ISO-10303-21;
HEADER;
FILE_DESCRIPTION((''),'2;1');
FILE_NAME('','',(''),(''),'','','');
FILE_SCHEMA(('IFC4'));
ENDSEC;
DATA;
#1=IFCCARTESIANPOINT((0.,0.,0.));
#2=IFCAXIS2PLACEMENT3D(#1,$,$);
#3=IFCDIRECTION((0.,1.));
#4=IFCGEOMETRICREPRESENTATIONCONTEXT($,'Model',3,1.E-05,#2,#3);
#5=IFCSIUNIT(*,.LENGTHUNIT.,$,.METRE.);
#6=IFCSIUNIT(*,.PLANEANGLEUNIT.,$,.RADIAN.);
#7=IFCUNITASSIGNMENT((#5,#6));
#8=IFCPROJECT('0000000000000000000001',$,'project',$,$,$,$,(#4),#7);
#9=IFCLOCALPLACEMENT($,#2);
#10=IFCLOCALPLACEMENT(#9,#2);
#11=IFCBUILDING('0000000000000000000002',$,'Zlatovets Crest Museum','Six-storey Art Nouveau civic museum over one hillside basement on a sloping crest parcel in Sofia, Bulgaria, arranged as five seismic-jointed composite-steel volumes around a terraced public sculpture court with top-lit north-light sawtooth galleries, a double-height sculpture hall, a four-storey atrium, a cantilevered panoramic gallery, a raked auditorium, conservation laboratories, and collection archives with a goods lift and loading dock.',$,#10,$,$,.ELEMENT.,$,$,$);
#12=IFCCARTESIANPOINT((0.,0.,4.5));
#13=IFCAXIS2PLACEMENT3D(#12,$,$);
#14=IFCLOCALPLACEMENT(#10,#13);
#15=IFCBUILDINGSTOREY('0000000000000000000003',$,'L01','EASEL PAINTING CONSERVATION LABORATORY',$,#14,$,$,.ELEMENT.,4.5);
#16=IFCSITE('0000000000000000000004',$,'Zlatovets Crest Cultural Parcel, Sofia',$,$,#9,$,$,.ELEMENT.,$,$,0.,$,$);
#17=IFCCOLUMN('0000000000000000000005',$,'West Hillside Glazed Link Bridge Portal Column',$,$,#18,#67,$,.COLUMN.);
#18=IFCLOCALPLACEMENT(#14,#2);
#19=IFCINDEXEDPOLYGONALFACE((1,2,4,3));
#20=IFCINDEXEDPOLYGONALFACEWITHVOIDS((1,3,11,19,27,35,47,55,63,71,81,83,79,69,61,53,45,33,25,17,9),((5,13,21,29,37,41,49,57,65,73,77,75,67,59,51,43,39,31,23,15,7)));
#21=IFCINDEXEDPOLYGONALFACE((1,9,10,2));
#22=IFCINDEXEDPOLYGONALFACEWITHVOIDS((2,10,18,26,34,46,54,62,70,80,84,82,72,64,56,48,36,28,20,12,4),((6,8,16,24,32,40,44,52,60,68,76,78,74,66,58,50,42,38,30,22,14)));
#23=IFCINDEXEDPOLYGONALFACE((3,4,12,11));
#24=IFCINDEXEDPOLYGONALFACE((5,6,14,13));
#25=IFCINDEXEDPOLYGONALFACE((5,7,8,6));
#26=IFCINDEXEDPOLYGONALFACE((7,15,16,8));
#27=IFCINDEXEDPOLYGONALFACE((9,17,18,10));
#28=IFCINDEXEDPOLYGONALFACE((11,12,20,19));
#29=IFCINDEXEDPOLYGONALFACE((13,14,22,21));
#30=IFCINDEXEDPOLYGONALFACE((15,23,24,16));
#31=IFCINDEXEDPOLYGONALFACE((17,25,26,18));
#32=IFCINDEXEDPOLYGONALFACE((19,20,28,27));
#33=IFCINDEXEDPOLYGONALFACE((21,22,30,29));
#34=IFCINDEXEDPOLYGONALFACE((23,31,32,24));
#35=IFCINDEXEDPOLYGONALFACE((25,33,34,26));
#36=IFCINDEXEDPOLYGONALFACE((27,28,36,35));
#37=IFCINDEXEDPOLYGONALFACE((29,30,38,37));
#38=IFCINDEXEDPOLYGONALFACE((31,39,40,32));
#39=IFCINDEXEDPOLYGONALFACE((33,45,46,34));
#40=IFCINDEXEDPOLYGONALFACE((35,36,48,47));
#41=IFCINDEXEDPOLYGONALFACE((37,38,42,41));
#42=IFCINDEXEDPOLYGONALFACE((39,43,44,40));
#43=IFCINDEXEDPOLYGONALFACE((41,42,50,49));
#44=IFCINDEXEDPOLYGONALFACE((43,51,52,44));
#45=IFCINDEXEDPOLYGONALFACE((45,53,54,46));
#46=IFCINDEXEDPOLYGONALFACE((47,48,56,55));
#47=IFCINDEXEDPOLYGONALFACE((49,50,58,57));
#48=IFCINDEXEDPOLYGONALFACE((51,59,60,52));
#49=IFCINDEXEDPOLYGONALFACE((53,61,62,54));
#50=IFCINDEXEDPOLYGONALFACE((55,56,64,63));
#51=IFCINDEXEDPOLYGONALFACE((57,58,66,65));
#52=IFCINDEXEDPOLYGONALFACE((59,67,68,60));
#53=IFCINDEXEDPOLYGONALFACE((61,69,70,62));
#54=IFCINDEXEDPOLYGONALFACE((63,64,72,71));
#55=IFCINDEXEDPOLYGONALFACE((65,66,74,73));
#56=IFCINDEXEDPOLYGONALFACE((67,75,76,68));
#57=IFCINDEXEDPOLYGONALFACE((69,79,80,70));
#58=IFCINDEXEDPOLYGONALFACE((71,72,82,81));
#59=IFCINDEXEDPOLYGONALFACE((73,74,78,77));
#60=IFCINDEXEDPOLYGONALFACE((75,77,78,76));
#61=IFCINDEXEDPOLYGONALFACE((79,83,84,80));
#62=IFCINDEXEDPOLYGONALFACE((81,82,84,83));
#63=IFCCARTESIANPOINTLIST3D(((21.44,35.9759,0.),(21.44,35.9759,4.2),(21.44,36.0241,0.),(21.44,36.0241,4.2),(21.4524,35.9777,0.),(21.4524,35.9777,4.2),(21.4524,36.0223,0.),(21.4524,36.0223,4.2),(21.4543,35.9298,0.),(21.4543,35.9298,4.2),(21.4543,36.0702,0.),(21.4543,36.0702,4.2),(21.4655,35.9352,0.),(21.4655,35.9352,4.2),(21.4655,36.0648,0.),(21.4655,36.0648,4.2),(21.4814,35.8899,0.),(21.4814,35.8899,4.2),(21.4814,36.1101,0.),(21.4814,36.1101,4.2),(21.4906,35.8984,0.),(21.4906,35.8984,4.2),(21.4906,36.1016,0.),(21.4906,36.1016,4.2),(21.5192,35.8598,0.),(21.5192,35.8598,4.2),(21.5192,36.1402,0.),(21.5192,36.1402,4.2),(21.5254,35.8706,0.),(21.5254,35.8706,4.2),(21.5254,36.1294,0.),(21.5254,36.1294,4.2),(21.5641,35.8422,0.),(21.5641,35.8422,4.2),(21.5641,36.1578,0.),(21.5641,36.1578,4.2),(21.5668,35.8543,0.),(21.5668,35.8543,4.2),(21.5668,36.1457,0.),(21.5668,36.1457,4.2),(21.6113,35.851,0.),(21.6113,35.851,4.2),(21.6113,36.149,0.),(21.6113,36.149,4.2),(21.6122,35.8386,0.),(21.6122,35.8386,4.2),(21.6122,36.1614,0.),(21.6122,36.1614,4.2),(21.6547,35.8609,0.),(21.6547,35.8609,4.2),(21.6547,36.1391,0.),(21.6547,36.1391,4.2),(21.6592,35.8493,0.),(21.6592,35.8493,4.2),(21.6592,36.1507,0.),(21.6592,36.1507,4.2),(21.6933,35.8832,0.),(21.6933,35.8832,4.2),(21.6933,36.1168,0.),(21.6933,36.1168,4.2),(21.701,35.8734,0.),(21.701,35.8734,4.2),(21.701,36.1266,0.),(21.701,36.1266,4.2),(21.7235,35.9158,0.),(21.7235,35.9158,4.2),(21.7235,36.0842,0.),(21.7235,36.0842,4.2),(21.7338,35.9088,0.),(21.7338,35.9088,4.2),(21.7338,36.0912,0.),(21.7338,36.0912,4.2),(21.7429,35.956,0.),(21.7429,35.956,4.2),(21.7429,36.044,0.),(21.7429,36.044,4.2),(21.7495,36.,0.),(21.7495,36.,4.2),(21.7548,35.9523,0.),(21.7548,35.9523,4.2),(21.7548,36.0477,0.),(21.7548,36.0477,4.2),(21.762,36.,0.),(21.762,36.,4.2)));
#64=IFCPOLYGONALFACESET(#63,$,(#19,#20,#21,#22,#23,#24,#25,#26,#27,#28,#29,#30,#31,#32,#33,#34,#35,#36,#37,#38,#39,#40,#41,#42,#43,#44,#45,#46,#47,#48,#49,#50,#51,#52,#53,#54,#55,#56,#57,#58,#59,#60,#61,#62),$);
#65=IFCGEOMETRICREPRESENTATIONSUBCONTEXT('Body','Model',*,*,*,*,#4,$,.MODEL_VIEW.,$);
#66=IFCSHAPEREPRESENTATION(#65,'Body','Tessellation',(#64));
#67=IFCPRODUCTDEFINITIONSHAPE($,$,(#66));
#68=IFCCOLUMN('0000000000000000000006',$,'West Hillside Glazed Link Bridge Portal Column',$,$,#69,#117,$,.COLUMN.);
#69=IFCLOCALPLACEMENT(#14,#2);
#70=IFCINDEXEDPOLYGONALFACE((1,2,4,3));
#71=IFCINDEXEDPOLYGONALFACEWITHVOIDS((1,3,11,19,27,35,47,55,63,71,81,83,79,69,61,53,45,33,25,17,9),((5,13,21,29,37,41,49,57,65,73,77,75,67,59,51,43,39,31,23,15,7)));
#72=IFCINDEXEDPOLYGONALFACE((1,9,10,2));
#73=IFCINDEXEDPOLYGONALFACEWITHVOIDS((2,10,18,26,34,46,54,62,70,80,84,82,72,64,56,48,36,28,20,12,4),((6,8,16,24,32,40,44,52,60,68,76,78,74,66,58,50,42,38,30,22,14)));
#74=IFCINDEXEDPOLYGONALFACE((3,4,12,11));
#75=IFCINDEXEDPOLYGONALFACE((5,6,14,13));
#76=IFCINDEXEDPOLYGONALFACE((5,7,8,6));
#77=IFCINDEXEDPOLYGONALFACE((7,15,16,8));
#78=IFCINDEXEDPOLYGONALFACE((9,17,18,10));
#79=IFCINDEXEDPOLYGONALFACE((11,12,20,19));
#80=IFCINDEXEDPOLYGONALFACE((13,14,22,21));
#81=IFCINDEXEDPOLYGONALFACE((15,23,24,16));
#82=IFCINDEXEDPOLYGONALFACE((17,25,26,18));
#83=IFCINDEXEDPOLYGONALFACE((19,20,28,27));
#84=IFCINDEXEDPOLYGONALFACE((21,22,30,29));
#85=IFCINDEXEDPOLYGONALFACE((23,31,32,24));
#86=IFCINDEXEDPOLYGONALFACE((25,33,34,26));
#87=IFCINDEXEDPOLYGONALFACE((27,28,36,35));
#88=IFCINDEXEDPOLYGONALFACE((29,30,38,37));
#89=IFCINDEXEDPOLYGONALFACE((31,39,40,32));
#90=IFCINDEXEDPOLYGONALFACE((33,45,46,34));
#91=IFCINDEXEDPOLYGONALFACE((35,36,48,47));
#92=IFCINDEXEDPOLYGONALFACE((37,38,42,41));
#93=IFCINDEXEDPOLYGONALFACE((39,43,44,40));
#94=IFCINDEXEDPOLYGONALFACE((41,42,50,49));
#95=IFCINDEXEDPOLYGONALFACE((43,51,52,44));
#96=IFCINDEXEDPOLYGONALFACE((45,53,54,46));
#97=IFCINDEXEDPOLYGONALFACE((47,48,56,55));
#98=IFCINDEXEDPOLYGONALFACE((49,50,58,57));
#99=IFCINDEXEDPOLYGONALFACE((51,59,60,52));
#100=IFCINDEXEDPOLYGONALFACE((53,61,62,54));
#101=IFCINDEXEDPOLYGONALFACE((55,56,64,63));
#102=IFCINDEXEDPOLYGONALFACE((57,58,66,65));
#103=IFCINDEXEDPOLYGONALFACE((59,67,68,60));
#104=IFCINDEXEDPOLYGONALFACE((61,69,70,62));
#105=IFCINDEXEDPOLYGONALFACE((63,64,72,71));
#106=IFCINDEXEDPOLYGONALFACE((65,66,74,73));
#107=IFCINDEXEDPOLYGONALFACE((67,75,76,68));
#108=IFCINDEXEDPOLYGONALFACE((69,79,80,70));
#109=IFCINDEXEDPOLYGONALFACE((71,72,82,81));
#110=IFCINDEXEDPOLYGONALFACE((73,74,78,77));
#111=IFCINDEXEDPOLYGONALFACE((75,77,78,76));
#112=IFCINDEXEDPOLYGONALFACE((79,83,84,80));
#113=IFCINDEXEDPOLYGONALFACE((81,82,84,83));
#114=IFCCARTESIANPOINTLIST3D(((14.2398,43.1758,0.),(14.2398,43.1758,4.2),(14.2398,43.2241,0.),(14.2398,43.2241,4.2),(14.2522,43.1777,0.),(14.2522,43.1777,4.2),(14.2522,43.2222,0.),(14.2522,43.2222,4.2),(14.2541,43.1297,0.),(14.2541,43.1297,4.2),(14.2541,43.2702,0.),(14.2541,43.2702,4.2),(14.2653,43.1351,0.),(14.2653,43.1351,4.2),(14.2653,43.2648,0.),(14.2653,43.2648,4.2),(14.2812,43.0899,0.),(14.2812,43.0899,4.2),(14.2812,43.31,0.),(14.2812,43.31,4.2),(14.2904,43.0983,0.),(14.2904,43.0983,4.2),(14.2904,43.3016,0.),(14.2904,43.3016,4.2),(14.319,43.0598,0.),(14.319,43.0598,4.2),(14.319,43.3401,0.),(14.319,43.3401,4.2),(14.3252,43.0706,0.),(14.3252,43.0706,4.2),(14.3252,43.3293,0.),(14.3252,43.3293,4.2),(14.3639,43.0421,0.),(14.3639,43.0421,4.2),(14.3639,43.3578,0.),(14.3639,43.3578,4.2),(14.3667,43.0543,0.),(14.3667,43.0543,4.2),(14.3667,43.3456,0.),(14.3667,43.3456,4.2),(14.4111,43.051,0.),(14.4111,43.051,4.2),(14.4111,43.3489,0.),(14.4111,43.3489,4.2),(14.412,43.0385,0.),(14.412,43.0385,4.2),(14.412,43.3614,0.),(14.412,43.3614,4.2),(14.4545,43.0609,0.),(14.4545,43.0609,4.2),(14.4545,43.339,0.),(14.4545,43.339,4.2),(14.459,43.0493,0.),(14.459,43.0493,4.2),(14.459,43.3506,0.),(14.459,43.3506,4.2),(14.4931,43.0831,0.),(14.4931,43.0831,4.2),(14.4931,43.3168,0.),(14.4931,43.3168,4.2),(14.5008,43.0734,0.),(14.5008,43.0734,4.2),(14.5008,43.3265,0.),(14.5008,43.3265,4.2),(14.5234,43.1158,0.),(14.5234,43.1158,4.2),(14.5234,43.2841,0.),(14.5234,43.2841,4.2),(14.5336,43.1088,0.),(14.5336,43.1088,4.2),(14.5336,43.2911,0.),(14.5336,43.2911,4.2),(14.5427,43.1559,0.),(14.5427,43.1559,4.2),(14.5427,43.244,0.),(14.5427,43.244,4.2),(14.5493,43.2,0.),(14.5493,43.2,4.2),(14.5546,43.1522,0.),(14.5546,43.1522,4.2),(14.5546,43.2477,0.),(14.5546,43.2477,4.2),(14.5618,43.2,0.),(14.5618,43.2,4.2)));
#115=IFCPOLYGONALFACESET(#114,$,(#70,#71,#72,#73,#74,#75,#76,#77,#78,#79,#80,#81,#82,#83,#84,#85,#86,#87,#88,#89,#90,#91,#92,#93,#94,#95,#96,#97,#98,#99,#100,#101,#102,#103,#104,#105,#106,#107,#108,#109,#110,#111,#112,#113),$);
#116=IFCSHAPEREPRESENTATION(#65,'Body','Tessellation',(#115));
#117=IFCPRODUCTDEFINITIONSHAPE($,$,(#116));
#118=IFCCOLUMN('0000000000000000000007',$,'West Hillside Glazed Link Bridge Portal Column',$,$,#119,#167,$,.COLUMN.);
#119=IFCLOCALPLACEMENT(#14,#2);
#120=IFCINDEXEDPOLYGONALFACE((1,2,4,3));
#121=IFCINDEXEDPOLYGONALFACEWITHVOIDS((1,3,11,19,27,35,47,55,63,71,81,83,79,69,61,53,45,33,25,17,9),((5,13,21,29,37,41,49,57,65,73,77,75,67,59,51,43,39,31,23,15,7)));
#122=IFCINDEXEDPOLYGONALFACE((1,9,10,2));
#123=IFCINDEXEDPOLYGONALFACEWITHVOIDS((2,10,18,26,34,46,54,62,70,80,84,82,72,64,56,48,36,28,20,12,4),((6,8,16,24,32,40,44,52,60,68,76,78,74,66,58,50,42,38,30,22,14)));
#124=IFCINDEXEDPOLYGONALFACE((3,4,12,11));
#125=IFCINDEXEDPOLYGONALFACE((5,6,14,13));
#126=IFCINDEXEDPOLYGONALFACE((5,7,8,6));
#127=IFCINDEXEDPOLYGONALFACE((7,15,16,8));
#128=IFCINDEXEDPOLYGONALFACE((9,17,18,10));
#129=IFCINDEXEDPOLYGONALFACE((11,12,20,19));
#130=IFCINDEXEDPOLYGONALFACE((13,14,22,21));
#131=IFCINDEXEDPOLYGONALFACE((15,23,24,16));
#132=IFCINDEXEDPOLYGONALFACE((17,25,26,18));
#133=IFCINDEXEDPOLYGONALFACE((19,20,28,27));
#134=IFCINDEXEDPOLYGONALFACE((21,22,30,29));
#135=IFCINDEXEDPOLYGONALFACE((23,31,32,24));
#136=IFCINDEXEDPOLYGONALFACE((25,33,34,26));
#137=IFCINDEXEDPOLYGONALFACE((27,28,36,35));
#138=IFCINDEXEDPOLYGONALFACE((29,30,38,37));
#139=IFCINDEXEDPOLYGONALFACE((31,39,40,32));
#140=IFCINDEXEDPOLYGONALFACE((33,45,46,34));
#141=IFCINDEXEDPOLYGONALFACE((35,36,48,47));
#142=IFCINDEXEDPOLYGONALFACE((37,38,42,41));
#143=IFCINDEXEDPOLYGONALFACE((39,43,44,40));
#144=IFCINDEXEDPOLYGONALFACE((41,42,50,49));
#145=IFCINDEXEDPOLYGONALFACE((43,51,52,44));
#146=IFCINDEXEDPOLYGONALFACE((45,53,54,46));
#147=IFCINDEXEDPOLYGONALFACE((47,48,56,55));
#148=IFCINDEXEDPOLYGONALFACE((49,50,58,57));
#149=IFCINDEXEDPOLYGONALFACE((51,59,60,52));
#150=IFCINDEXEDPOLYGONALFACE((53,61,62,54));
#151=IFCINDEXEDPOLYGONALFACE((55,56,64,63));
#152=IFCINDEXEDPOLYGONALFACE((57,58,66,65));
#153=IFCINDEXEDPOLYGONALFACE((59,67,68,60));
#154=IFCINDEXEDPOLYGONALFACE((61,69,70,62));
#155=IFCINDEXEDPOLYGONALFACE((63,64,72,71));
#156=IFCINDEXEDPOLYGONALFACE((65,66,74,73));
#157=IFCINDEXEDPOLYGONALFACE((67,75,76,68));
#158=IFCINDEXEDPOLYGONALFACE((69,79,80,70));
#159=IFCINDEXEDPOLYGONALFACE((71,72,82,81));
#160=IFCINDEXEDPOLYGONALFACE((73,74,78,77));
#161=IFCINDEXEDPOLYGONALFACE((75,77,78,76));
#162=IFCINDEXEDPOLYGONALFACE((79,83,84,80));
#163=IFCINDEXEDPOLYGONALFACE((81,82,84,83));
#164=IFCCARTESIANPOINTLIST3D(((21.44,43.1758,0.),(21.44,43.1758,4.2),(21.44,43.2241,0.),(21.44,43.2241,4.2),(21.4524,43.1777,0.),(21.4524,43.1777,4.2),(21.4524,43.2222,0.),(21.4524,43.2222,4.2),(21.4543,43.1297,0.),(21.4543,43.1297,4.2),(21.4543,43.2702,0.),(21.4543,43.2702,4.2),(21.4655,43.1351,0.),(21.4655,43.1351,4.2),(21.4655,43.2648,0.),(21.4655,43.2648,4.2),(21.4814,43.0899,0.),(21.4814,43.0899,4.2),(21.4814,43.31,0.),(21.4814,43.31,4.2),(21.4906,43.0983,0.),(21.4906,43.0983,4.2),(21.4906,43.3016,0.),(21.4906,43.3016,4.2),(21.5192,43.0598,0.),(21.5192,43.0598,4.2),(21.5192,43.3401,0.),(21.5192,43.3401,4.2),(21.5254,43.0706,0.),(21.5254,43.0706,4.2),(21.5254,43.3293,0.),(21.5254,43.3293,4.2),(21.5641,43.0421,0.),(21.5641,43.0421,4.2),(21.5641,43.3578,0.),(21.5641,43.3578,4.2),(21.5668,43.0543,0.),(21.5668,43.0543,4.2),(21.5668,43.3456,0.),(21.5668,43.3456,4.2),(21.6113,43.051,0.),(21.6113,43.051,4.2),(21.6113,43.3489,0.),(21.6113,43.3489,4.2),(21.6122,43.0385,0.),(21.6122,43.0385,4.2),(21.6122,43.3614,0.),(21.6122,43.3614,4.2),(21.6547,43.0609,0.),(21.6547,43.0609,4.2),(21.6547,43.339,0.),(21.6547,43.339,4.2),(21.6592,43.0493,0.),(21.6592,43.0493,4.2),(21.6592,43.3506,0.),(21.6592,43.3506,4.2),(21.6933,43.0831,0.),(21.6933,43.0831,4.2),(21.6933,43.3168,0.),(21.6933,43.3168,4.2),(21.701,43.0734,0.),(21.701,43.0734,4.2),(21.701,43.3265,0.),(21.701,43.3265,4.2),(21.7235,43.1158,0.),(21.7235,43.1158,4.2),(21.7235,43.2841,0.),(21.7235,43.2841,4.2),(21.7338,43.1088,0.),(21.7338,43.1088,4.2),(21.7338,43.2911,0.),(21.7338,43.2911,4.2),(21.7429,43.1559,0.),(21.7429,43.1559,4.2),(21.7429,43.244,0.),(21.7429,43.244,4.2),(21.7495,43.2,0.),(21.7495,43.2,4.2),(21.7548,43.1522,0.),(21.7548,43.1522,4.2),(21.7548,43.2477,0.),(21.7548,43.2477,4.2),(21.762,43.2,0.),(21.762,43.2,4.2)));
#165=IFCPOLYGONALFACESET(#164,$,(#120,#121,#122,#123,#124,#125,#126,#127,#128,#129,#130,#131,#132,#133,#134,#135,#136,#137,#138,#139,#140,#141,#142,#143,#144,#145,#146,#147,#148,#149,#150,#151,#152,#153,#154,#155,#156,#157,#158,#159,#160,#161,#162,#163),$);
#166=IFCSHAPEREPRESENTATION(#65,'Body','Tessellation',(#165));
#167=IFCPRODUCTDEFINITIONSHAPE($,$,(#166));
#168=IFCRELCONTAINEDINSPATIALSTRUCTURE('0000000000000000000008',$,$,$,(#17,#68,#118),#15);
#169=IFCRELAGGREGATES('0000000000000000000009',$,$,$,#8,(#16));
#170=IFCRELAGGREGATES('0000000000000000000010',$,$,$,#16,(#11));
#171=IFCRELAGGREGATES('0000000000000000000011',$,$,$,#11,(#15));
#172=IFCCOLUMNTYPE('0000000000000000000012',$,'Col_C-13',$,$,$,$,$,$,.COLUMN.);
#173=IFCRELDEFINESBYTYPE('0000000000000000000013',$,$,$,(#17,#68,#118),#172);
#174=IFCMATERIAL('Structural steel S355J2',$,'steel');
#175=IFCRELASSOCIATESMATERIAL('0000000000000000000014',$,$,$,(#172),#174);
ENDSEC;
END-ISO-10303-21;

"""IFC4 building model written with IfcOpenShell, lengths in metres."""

from ifc_helpers import new_model, si_unit, direction, frame, origin, origin_2d, place, context, subcontext, project, spatial, hollow_circle, extrude, material, material_profile, profile_set, type_object, element, save


model = new_model("IFC4")

# Units and contexts
model_context = context("Model", 3, precision=1e-05, world=origin(), true_north=direction((0.0, 1.0)))
body_context = subcontext(model_context, "Body", "Model", "MODEL_VIEW")
ifc_project = project(units=[si_unit("LENGTHUNIT", "METRE"), si_unit("PLANEANGLEUNIT", "RADIAN")], contexts=[model_context])

# Site, building, storey
site_placement = place(None, origin())
site = spatial("IfcSite", under=ifc_project, at=site_placement, Name="Zlatovets Crest Cultural Parcel, Sofia", CompositionType="ELEMENT", RefElevation=0.0)
building_placement = place(site_placement, origin())
building = spatial("IfcBuilding", under=site, at=building_placement, Name="Zlatovets Crest Museum", Description="Six-storey Art Nouveau civic museum over one hillside basement on a sloping crest parcel in Sofia, Bulgaria, arranged as five seismic-jointed composite-steel volumes around a terraced public sculpture court with top-lit north-light sawtooth galleries, a double-height sculpture hall, a four-storey atrium, a cantilevered panoramic gallery, a raked auditorium, conservation laboratories, and collection archives with a goods lift and loading dock.", CompositionType="ELEMENT")
storey_placement = place(building_placement, frame((0.0, 0.0, 4.5)))
storey = spatial("IfcBuildingStorey", under=building, at=storey_placement, Name="L01", Description="EASEL PAINTING CONSERVATION LABORATORY", CompositionType="ELEMENT", Elevation=4.5)

# Columns
ifc_material_1 = material(Name="Structural steel S355J2", Category="steel")
ifc_material_profile_1 = material_profile(ifc_material_1, hollow_circle(Radius=0.1619, WallThickness=0.0125, at=origin_2d()), Name="CHS 323.9x12.5")
ifc_profile_set_1 = profile_set([ifc_material_profile_1], Name="Structural steel S355J2")
column_type = type_object("IfcColumnType", Name="Col_C-13", PredefinedType="COLUMN", material=ifc_profile_set_1)
for number, where, z_axis, x_axis, name in (
    (1, (21.6001, 36.0, 0.0), (0.0, 0.0, 1.0), (1.0, 0.0, 0.0), "West Hillside Glazed Link Bridge Portal Column"),
    (2, (14.3999, 43.2, 0.0), (0.0, 0.0, 1.0), (1.0, 0.0, 0.0), "West Hillside Glazed Link Bridge Portal Column"),
    (3, (21.6001, 43.2, 0.0), (0.0, 0.0, 1.0), (1.0, 0.0, 0.0), "West Hillside Glazed Link Bridge Portal Column"),
):
    element("IfcColumn", number, at=place(storey_placement, frame(where, z_axis=z_axis, x_axis=x_axis)), inside=storey, type_object=column_type, Name=name, PredefinedType="COLUMN", context=body_context, shape_type="SweptSolid", body=[
        extrude(hollow_circle(Radius=0.1619, WallThickness=0.0125, at=origin_2d()), origin(), (0.0, 0.0, 1.0), 4.2),
    ])

save(model, "model.ifc")
